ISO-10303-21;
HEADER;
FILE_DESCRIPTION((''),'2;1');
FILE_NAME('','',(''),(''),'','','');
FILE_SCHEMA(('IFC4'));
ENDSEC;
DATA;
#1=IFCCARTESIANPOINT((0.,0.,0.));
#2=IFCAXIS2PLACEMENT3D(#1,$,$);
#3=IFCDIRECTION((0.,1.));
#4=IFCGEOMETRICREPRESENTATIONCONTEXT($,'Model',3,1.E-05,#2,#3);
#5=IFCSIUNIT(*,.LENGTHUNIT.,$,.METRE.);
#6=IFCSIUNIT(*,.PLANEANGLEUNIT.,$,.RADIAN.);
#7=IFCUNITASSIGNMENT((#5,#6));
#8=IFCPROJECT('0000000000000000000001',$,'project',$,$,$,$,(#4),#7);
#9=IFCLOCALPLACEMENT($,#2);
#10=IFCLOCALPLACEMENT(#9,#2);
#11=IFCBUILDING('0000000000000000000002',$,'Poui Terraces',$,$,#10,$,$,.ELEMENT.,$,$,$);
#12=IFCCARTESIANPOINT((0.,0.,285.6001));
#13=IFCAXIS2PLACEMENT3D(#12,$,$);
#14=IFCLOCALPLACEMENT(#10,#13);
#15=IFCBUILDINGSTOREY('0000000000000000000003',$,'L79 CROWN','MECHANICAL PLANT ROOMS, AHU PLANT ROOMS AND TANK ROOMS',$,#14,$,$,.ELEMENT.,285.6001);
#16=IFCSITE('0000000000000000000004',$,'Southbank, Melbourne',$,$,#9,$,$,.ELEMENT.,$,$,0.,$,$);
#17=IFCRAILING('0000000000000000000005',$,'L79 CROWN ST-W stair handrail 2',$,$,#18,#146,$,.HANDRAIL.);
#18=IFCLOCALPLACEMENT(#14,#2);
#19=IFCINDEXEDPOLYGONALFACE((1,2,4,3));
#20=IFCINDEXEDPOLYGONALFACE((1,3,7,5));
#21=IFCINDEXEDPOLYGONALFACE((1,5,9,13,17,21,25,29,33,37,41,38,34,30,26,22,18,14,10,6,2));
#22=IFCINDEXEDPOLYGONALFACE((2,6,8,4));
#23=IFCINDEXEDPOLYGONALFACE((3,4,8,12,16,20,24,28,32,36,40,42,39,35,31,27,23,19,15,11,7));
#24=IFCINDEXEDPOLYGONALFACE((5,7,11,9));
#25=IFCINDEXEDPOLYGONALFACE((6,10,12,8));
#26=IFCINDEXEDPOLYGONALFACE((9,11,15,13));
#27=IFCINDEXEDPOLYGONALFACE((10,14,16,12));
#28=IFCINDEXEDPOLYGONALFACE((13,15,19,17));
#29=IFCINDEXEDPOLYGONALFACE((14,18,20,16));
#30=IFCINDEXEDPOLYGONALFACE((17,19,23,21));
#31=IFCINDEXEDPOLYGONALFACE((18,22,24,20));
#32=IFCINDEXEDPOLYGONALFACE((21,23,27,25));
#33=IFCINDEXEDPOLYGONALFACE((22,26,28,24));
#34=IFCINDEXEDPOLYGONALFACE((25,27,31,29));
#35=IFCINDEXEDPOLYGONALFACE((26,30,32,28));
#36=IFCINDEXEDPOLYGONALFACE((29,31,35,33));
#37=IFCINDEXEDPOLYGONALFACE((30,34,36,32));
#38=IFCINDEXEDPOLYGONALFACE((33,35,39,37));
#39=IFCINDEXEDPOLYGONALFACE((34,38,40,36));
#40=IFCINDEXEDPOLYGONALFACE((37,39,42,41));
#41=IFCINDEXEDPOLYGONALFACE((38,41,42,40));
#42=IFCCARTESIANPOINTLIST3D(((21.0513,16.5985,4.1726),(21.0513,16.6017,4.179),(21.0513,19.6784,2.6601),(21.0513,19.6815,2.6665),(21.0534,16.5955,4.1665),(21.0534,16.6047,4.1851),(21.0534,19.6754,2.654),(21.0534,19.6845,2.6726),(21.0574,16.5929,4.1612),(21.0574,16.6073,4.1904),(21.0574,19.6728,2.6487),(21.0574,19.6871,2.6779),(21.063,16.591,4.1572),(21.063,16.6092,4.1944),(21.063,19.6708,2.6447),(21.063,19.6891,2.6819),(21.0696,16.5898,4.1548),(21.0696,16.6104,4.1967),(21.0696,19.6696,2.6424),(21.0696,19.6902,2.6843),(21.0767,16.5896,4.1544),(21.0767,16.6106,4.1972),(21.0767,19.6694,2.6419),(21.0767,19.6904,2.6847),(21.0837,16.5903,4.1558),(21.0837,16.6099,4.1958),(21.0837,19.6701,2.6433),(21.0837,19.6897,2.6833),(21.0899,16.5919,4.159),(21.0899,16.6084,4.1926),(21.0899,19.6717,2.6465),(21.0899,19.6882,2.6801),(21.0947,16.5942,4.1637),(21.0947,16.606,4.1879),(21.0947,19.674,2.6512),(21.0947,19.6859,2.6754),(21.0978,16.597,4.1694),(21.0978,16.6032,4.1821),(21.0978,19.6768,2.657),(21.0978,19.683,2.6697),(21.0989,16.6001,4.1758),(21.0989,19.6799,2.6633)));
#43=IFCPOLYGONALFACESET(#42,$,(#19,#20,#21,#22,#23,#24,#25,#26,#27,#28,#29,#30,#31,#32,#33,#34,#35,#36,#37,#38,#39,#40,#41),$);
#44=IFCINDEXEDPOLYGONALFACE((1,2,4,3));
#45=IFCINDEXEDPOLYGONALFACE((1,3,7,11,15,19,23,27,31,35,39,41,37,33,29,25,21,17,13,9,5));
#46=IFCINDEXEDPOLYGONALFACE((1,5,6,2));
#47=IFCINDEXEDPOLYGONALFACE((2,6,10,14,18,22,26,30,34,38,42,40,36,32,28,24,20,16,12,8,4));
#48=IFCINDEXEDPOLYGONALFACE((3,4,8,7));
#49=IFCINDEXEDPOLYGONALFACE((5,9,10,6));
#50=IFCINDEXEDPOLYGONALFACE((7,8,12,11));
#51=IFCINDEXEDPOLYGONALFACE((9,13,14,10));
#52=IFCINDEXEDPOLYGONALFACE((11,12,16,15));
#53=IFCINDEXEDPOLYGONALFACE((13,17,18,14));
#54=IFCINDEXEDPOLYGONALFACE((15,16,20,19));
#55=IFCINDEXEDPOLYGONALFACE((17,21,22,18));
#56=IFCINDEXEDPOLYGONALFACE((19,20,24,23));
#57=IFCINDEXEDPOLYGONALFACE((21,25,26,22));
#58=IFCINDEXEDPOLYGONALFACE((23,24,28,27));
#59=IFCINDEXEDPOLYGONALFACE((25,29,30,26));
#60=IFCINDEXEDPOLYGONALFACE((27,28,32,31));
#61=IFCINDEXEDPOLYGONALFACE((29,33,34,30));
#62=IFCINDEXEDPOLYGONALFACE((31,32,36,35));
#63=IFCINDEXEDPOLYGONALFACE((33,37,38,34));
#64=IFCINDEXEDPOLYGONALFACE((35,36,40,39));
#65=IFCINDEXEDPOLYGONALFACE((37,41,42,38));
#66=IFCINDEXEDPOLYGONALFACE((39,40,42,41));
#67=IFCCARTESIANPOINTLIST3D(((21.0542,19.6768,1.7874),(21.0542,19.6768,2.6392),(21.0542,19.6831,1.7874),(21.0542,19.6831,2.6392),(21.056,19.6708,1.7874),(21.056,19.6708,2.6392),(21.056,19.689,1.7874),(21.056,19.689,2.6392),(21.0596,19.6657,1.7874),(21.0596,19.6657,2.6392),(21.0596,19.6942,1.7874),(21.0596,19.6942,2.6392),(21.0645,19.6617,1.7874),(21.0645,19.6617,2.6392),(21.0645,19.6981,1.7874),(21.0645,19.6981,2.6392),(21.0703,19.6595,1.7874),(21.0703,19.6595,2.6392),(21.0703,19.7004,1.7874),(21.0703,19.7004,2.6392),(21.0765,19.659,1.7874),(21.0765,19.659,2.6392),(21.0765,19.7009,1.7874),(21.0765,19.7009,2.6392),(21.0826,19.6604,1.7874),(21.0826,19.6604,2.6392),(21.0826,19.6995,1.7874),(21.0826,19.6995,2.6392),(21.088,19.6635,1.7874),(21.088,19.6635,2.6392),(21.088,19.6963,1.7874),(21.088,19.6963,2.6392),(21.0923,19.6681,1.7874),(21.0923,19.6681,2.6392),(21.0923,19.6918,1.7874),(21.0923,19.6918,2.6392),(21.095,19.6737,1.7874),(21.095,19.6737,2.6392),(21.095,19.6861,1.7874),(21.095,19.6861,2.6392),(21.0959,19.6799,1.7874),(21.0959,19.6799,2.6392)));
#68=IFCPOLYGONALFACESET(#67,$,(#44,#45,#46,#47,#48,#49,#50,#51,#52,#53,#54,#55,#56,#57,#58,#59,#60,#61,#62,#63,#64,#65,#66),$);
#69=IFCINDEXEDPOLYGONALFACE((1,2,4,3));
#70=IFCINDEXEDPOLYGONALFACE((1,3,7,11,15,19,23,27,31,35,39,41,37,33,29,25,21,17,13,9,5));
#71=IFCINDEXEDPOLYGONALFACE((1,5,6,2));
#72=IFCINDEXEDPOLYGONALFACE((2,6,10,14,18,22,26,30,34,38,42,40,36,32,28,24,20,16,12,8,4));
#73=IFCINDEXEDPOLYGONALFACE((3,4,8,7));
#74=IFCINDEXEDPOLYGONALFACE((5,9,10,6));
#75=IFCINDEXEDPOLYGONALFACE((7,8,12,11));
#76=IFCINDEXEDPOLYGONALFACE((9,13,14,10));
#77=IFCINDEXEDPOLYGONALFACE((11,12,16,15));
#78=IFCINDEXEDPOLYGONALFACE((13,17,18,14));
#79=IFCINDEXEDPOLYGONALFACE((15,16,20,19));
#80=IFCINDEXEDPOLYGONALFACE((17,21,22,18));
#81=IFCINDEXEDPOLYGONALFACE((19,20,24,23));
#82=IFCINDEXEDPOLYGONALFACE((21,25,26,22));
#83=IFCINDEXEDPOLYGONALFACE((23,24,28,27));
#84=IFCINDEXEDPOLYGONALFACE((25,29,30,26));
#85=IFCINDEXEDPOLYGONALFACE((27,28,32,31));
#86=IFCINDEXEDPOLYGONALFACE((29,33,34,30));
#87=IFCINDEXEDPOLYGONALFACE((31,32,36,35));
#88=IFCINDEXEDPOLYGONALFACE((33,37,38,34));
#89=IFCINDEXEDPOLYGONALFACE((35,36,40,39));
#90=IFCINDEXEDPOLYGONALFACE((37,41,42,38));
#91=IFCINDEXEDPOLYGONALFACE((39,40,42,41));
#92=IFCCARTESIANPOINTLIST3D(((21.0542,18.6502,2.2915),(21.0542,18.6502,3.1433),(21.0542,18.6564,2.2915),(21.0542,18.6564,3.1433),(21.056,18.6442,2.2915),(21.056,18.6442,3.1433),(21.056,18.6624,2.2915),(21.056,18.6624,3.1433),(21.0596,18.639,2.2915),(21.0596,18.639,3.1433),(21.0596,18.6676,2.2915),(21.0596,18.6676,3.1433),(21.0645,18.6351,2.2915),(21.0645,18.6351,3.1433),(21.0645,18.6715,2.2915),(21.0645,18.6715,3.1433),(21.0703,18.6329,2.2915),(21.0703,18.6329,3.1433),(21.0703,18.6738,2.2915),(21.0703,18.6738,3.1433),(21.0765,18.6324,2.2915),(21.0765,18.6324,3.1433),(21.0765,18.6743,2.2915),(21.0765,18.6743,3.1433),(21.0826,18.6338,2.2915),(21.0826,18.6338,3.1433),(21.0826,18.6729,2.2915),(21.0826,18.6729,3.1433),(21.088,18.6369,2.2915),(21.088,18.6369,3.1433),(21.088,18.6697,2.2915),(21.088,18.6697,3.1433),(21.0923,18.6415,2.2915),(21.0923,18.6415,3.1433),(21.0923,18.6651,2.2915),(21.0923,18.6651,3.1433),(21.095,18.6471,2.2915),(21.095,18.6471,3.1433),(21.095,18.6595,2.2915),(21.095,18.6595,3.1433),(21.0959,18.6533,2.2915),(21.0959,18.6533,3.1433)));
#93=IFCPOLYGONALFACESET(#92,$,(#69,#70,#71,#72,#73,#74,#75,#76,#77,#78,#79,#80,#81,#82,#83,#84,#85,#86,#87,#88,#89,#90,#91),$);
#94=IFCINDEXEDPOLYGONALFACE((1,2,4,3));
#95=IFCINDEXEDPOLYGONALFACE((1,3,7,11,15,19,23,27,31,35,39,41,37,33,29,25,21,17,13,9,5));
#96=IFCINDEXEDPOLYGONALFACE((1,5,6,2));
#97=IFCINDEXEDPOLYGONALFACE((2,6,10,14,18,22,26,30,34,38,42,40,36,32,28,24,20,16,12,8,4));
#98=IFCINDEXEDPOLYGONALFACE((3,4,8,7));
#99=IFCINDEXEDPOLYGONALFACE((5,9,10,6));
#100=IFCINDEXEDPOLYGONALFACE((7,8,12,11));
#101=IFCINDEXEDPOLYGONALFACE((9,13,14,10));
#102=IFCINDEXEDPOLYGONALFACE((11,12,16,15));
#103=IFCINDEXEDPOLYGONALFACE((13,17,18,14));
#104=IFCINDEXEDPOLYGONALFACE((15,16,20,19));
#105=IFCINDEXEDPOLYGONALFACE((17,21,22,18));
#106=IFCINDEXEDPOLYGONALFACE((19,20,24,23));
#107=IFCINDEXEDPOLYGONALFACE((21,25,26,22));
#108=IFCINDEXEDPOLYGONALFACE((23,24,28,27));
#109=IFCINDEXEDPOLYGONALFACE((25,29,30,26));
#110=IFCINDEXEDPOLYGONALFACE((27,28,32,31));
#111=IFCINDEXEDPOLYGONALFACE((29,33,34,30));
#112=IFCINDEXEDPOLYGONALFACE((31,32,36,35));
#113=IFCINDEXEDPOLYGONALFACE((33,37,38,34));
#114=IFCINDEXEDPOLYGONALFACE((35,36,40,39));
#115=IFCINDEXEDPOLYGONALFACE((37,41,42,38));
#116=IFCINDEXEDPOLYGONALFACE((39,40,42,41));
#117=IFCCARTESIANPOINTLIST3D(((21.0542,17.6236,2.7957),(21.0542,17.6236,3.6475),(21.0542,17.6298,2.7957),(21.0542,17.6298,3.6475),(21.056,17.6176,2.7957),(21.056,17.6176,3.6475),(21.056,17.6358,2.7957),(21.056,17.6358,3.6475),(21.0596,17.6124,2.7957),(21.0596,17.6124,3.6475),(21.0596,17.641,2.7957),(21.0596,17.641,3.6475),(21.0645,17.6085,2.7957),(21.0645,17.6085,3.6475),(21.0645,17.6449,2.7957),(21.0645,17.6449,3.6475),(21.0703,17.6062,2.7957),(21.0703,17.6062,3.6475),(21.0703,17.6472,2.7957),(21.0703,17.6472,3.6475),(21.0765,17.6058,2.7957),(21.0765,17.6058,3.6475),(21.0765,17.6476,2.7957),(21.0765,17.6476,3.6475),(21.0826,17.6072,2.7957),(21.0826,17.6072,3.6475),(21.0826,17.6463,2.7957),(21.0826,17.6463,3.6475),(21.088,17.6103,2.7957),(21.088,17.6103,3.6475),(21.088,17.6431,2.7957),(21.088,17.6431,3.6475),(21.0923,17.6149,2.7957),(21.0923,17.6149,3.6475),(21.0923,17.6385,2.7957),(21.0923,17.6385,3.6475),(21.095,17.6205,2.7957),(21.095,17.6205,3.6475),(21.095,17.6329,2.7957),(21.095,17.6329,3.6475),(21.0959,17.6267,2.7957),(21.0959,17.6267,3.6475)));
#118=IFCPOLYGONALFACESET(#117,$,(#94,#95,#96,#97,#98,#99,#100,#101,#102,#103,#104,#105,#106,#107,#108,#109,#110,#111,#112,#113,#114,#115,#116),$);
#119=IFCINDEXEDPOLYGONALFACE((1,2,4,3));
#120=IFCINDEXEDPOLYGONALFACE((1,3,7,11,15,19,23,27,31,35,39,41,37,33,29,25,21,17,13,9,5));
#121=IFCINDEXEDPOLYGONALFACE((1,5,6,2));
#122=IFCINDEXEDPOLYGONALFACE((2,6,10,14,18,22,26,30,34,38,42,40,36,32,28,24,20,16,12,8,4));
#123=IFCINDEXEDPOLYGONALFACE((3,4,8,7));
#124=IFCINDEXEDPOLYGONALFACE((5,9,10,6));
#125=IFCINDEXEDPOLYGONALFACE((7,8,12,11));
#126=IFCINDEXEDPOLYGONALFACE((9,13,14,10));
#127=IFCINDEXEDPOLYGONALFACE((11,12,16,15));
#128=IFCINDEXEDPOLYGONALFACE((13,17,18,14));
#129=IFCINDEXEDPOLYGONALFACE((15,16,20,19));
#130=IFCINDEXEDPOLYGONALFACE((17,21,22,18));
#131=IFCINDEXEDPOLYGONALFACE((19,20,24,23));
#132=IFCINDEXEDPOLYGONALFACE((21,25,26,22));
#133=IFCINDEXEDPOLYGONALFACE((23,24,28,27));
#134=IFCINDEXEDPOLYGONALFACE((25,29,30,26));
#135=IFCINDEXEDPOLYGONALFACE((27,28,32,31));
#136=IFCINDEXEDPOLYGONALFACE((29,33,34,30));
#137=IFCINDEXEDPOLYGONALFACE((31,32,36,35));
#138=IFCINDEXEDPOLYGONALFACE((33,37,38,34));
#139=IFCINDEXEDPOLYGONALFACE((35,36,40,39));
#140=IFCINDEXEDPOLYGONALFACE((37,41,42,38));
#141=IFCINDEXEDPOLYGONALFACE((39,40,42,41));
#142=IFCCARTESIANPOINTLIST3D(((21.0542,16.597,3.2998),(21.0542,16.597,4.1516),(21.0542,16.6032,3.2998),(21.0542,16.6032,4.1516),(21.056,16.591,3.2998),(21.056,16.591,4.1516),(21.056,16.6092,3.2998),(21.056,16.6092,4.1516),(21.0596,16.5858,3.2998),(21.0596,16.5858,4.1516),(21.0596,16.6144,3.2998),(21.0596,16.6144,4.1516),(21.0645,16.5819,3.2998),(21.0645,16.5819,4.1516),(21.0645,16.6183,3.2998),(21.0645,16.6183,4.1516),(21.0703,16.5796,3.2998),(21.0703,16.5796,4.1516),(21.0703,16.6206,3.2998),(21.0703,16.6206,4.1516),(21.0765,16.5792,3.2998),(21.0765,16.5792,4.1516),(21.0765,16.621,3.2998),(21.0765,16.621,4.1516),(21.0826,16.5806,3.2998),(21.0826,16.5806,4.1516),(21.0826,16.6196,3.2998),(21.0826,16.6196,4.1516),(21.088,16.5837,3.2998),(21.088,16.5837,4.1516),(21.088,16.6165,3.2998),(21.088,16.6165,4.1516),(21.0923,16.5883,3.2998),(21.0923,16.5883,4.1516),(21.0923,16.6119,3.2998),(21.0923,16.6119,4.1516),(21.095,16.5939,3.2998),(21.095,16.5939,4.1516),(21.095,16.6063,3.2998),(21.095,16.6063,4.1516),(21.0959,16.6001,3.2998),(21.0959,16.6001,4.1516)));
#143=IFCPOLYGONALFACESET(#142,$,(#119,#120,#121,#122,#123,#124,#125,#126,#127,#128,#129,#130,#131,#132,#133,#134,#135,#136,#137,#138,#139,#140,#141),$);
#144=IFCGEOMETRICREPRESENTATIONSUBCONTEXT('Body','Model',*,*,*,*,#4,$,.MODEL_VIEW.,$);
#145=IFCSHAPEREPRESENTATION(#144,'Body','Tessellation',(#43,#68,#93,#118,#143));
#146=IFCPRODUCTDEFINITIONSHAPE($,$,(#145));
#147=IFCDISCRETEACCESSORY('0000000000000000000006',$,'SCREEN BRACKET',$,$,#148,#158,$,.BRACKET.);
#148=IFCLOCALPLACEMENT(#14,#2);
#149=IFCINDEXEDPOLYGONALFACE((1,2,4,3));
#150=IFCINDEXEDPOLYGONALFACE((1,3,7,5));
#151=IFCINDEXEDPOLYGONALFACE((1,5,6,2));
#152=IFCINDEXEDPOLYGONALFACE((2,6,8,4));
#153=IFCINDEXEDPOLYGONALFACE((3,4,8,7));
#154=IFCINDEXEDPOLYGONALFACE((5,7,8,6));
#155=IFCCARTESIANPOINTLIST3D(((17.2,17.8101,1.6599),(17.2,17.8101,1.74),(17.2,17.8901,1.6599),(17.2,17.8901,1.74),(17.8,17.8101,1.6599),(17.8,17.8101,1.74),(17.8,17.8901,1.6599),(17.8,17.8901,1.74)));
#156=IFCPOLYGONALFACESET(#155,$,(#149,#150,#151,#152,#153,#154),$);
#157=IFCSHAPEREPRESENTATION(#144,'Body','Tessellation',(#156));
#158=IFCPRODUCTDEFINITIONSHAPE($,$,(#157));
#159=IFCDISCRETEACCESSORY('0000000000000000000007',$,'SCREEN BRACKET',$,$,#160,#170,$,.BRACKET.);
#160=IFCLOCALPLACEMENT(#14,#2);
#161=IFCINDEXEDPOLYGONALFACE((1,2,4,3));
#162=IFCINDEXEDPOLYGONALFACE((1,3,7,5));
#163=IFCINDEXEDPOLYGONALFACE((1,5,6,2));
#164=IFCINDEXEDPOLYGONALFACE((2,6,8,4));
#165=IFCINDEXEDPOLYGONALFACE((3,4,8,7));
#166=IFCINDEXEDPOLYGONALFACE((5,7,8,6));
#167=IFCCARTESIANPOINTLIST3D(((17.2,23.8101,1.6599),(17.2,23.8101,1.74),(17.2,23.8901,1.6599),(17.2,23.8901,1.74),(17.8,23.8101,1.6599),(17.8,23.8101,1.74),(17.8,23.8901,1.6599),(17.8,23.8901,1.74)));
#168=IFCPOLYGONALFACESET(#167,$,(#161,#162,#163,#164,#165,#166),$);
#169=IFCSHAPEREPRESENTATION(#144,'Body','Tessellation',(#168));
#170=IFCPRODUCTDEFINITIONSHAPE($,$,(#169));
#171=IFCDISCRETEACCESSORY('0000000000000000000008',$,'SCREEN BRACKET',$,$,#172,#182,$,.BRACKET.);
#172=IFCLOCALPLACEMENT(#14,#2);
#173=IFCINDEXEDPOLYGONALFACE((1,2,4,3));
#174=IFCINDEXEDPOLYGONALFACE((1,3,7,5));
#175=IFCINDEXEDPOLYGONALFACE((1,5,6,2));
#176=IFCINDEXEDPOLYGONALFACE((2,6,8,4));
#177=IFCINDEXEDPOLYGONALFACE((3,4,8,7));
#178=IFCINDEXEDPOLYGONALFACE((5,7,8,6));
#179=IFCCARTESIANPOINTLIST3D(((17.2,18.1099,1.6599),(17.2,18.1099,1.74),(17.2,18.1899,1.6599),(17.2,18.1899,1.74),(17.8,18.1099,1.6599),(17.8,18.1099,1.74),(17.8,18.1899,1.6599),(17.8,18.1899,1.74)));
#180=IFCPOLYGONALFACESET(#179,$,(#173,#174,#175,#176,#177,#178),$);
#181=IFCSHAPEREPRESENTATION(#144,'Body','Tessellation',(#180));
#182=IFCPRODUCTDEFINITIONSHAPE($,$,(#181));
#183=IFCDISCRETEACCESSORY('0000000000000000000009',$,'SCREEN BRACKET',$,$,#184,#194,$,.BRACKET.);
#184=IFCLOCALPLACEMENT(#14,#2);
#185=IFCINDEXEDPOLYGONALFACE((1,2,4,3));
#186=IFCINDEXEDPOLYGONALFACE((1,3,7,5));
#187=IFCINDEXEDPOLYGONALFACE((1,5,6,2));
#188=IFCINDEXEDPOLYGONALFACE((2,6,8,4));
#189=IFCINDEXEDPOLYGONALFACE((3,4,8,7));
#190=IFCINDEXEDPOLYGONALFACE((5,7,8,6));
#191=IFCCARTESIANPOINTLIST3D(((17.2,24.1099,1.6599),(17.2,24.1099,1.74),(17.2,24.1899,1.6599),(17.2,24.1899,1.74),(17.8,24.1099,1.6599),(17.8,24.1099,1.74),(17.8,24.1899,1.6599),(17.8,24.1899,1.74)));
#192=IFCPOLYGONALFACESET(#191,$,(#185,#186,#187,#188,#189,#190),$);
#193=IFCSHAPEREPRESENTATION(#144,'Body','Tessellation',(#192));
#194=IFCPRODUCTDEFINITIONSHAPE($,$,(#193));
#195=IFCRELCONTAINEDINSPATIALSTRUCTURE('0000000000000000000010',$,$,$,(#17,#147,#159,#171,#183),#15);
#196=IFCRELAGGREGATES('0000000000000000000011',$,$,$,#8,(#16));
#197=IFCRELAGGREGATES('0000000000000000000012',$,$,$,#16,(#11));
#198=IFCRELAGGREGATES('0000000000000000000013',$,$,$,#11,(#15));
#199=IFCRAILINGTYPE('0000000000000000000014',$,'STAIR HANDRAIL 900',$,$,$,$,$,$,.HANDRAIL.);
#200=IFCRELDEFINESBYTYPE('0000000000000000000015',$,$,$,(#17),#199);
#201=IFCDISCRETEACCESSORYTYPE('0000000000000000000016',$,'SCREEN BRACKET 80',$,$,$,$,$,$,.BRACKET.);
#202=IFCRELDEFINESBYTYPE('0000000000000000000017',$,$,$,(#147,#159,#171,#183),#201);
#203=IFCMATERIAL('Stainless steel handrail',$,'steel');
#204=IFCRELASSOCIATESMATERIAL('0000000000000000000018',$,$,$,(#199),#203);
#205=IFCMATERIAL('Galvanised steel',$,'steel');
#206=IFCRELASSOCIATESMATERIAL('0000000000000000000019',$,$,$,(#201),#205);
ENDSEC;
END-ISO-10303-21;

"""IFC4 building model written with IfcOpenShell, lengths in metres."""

from ifc_helpers import new_model, si_unit, direction, frame, origin, origin_2d, place, context, subcontext, project, spatial, rectangle, circle, extrude, source, transform, mapped, material, material_profile, profile_set, type_object, element, save


model = new_model("IFC4")

# Units and contexts
model_context = context("Model", 3, precision=1e-05, world=origin(), true_north=direction((0.0, 1.0)))
body_context = subcontext(model_context, "Body", "Model", "MODEL_VIEW")
ifc_project = project(units=[si_unit("LENGTHUNIT", "METRE"), si_unit("PLANEANGLEUNIT", "RADIAN")], contexts=[model_context])

# Site, building, storey
site_placement = place(None, origin())
site = spatial("IfcSite", under=ifc_project, at=site_placement, Name="Southbank, Melbourne", CompositionType="ELEMENT", RefElevation=0.0)
building_placement = place(site_placement, origin())
building = spatial("IfcBuilding", under=site, at=building_placement, Name="Poui Terraces", CompositionType="ELEMENT")
storey_placement = place(building_placement, frame((0.0, 0.0, 285.6001)))
storey = spatial("IfcBuildingStorey", under=building, at=storey_placement, Name="L79 CROWN", Description="MECHANICAL PLANT ROOMS, AHU PLANT ROOMS AND TANK ROOMS", CompositionType="ELEMENT", Elevation=285.6001)

# Railing
ifc_material_1 = material(Name="Stainless steel handrail", Category="steel")
railing_type_1 = type_object("IfcRailingType", Name="STAIR HANDRAIL 900", PredefinedType="HANDRAIL", material=ifc_material_1)
railing_1_placement = place(storey_placement, frame((21.075, 19.6799, 1.7874)))
element("IfcRailing", 1, at=railing_1_placement, inside=storey, type_object=railing_type_1, Name="L79 CROWN ST-W stair handrail 2", PredefinedType="HANDRAIL", context=body_context, shape_type="SweptSolid", body=[
    extrude(circle(Radius=0.0239, at=origin_2d()), frame((0.0, 0.0, 0.876), z_axis=(0.0, -0.897606, 0.440798), x_axis=(1.0, 0.0, 0.0)), (0.0, 0.0, 1.0), 3.4312),
    extrude(circle(Radius=0.021, at=origin_2d()), origin(), (0.0, 0.0, 1.0), 0.8518),
    extrude(circle(Radius=0.021, at=origin_2d()), frame((0.0, -1.0266, 0.5042)), (0.0, 0.0, 1.0), 0.8518),
    extrude(circle(Radius=0.021, at=origin_2d()), frame((0.0, -2.0532, 1.0083)), (0.0, 0.0, 1.0), 0.8518),
    extrude(circle(Radius=0.021, at=origin_2d()), frame((0.0, -3.0798, 1.5125)), (0.0, 0.0, 1.0), 0.8518),
])

# Discrete accessories
ifc_material_2 = material(Name="Galvanised steel", Category="steel")
ifc_material_profile_1 = material_profile(ifc_material_2, rectangle(XDim=0.0801, YDim=0.0801, at=origin_2d()), Name="SCREEN BRACKET 80")
ifc_profile_set_1 = profile_set([ifc_material_profile_1], Name="Galvanised steel")
discrete_accessory_type = type_object("IfcDiscreteAccessoryType", Name="SCREEN BRACKET 80", PredefinedType="BRACKET", material=ifc_profile_set_1)
shared_shape_1 = source(origin(), body_context, "Body", "SweptSolid", [
    extrude(rectangle(XDim=0.0801, YDim=0.0801, at=origin_2d()), origin(), (0.0, 0.0, 1.0), 0.6001),
])
for number, where, z_axis, x_axis, name in (
    (2, (17.8, 17.8501, 1.7), (-1.0, 0.0, 0.0), (0.0, -1.0, 0.0), "SCREEN BRACKET"),
    (3, (17.8, 23.8501, 1.7), (-1.0, 0.0, 0.0), (0.0, -1.0, 0.0), "SCREEN BRACKET"),
    (4, (17.8, 18.1499, 1.7), (-1.0, 0.0, 0.0), (0.0, -1.0, 0.0), "SCREEN BRACKET"),
    (5, (17.8, 24.1499, 1.7), (-1.0, 0.0, 0.0), (0.0, -1.0, 0.0), "SCREEN BRACKET"),
):
    element("IfcDiscreteAccessory", number, at=place(storey_placement, frame(where, z_axis=z_axis, x_axis=x_axis)), inside=storey, type_object=discrete_accessory_type, Name=name, PredefinedType="BRACKET", context=body_context, shape_type="MappedRepresentation", body=[
        mapped(shared_shape_1, transform((0.0, 0.0, 0.0))),
    ])

save(model, "model.ifc")
